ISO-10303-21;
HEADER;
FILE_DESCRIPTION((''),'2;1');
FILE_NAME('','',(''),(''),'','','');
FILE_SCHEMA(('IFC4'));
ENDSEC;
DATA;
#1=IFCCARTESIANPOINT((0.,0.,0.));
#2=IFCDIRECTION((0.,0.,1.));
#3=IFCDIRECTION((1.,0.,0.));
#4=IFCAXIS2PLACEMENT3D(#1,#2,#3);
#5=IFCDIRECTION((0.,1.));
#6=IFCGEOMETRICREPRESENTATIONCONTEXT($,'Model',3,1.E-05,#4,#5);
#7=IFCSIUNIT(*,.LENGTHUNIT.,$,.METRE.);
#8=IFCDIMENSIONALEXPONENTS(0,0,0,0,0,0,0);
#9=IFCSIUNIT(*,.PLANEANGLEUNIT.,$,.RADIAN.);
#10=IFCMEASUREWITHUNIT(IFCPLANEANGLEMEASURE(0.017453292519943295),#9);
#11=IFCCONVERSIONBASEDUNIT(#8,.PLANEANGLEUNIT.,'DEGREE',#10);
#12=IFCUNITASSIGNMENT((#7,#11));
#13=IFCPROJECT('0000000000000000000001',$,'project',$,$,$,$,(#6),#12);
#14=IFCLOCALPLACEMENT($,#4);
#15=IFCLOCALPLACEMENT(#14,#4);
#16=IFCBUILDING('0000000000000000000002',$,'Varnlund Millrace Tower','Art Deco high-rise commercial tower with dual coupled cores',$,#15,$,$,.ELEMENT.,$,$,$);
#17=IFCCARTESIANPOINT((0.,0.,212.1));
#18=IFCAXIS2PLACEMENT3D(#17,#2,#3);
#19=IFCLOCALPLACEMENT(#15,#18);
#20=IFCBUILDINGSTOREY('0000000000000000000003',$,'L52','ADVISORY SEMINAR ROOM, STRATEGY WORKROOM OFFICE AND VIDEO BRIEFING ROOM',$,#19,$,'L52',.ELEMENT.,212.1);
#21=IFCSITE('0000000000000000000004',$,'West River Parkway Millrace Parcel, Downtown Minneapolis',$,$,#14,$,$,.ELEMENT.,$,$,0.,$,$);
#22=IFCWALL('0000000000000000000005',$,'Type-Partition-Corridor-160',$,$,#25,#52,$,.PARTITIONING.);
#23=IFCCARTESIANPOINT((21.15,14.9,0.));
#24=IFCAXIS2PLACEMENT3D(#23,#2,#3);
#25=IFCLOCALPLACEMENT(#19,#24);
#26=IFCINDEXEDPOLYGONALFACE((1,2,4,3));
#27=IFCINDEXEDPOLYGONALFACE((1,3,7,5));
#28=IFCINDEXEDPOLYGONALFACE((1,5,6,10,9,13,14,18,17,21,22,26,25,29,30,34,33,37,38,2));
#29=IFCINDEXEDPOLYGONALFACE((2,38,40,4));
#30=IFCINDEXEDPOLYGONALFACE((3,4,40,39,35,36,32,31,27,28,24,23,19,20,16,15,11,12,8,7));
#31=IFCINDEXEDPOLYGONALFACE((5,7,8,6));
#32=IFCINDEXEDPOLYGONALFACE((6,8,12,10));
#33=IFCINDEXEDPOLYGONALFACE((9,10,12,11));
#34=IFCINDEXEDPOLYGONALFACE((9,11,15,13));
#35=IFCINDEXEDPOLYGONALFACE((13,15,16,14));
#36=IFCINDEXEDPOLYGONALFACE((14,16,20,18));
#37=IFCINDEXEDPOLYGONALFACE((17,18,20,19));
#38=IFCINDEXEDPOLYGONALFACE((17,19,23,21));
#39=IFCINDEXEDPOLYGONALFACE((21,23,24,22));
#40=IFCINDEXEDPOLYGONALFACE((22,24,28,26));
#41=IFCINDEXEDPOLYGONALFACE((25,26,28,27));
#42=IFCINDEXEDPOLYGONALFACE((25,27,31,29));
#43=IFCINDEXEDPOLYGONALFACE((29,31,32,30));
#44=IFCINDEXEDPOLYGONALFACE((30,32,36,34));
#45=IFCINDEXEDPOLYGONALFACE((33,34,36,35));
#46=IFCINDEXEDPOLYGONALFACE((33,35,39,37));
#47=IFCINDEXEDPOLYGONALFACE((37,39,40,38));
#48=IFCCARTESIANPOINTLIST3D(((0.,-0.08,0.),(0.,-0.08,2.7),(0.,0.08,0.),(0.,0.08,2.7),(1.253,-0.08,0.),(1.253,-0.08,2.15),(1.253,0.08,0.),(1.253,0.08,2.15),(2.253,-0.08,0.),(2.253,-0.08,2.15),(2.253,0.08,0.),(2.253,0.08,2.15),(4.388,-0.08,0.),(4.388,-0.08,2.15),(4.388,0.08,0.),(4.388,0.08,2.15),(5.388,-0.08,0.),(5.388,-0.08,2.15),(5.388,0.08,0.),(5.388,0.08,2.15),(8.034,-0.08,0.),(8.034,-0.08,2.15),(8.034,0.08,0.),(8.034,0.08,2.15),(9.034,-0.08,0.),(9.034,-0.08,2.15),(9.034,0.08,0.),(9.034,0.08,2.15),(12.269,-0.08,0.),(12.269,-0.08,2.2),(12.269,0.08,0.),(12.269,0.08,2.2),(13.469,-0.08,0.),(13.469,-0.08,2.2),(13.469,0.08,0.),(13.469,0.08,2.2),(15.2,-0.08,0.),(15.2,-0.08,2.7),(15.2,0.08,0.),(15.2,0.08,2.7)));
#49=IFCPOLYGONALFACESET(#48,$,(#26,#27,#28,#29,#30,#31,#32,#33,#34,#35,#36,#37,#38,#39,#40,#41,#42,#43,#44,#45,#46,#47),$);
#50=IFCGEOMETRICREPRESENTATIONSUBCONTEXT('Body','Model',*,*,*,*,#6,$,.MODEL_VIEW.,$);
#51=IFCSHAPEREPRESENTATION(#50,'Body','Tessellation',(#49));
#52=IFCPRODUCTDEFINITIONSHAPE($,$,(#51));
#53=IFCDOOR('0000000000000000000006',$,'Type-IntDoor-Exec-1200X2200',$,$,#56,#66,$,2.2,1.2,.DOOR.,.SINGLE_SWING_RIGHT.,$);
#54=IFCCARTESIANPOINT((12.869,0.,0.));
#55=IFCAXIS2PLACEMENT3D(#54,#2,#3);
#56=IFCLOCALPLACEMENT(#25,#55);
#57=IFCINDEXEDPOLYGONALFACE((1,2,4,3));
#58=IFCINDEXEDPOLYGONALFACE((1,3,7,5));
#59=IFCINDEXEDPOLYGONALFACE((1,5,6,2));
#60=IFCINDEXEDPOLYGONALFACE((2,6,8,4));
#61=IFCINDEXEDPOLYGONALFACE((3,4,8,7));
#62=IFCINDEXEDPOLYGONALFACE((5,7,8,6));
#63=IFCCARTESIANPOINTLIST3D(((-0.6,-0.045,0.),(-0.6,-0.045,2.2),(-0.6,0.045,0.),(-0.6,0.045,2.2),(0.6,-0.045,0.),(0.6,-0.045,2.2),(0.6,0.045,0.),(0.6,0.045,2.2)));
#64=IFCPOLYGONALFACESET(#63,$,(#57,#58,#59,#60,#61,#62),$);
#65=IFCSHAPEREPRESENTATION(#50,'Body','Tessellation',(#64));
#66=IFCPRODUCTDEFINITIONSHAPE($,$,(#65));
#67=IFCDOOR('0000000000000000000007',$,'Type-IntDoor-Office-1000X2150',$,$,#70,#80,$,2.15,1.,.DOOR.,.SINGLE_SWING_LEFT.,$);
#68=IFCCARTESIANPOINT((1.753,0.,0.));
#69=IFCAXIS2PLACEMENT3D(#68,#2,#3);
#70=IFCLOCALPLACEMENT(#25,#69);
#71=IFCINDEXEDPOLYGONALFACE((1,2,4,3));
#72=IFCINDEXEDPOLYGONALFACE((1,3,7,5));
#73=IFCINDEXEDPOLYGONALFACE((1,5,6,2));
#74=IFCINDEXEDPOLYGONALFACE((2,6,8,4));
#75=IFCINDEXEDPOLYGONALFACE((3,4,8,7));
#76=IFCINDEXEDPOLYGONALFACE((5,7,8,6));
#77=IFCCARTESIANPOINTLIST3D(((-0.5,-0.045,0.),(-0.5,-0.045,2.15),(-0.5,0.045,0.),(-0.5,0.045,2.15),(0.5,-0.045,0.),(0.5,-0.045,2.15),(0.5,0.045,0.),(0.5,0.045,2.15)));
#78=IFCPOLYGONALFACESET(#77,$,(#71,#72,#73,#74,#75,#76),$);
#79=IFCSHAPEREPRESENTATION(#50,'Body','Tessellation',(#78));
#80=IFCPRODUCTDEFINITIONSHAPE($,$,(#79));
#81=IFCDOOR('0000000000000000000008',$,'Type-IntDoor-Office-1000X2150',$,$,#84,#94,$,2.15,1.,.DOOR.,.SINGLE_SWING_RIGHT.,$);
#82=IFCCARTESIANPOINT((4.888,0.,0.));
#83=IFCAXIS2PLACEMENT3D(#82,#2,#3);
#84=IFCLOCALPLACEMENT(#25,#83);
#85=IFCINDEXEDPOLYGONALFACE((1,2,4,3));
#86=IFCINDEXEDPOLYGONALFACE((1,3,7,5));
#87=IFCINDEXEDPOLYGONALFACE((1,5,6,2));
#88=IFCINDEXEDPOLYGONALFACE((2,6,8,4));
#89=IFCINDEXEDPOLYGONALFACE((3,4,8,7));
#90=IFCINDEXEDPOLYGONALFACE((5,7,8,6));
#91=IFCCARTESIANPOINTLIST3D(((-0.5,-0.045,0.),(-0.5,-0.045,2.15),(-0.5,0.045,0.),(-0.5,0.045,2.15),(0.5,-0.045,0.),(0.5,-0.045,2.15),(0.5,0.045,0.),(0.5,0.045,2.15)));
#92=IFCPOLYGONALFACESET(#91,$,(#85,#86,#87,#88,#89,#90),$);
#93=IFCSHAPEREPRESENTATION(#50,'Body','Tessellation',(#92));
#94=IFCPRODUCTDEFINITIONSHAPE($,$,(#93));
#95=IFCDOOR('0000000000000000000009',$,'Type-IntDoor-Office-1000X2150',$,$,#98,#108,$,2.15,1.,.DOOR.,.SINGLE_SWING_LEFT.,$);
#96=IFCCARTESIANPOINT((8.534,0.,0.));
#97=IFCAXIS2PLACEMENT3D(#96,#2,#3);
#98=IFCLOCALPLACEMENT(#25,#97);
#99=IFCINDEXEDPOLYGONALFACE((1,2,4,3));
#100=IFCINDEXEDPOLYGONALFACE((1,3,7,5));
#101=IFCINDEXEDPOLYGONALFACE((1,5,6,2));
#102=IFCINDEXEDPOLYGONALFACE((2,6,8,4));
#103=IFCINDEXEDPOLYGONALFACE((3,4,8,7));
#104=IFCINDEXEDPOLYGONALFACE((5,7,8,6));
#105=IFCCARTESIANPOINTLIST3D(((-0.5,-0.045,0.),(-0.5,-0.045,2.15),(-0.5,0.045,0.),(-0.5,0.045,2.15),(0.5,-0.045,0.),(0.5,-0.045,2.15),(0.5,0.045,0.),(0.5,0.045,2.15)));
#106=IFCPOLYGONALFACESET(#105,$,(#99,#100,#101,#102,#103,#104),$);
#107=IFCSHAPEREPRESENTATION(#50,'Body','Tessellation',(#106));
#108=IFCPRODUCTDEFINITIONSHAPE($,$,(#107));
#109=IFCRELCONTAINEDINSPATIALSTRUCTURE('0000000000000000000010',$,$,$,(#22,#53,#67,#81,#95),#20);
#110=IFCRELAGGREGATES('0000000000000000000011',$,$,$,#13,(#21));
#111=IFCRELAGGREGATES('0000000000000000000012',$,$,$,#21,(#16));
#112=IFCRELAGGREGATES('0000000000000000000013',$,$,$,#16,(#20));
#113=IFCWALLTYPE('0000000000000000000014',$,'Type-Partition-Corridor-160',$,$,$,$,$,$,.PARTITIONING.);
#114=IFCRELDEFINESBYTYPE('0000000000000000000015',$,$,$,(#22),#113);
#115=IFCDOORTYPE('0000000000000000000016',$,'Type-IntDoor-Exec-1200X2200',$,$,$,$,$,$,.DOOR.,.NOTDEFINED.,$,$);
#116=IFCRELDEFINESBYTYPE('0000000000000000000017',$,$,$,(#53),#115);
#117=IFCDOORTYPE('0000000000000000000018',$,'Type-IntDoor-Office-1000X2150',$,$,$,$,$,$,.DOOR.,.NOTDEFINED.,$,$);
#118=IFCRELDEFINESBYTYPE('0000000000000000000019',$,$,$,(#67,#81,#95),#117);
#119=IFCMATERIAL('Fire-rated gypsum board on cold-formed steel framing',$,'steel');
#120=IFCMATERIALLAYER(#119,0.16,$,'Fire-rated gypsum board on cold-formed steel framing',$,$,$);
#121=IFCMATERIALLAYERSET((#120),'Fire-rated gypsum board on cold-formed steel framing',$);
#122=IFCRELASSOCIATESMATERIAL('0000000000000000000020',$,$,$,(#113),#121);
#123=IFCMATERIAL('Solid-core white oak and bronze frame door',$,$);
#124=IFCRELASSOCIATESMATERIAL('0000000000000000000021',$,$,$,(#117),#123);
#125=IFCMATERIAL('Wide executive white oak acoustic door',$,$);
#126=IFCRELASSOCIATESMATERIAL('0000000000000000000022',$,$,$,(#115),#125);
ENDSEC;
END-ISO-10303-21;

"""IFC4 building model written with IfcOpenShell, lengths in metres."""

from ifc_helpers import new_model, entity, si_unit, converted_unit, direction, frame, origin_with_axes, origin_2d_with_axis, place, context, subcontext, project, spatial, polyline, rectangle, outline, extrude, material, layer, layer_set, type_object, element, fill, save


model = new_model("IFC4")

# Units and contexts
model_context = context("Model", 3, precision=1e-05, world=origin_with_axes(), true_north=direction((0.0, 1.0)))
body_context = subcontext(model_context, "Body", "Model", "MODEL_VIEW")
ifc_project = project(units=[si_unit("LENGTHUNIT", "METRE"), converted_unit("PLANEANGLEUNIT", "DEGREE", entity("IfcPlaneAngleMeasure", 0.017453292519943295), si_unit("PLANEANGLEUNIT", "RADIAN"), dimensions=[0, 0, 0, 0, 0, 0, 0])], contexts=[model_context])

# Site, building, storey
site_placement = place(None, origin_with_axes())
site = spatial("IfcSite", under=ifc_project, at=site_placement, Name="West River Parkway Millrace Parcel, Downtown Minneapolis", CompositionType="ELEMENT", RefElevation=0.0)
building_placement = place(site_placement, origin_with_axes())
building = spatial("IfcBuilding", under=site, at=building_placement, Name="Varnlund Millrace Tower", Description="Art Deco high-rise commercial tower with dual coupled cores", CompositionType="ELEMENT")
storey_placement = place(building_placement, frame((0.0, 0.0, 212.1), z_axis=(0.0, 0.0, 1.0), x_axis=(1.0, 0.0, 0.0)))
storey = spatial("IfcBuildingStorey", under=building, at=storey_placement, Name="L52", Description="ADVISORY SEMINAR ROOM, STRATEGY WORKROOM OFFICE AND VIDEO BRIEFING ROOM", LongName="L52", CompositionType="ELEMENT", Elevation=212.1)

# Shared definitions
ifc_material_1 = material(Name="Fire-rated gypsum board on cold-formed steel framing", Category="steel")
ifc_layer_1 = layer(ifc_material_1, 0.16, Name="Fire-rated gypsum board on cold-formed steel framing")
ifc_layer_set_1 = layer_set([ifc_layer_1], Name="Fire-rated gypsum board on cold-formed steel framing")
wall_type_1 = type_object("IfcWallType", Name="Type-Partition-Corridor-160", PredefinedType="PARTITIONING", material=ifc_layer_set_1)
ifc_material_2 = material(Name="Solid-core white oak and bronze frame door")
door_type_1 = type_object("IfcDoorType", Name="Type-IntDoor-Office-1000X2150", OperationType="NOTDEFINED", PredefinedType="DOOR", material=ifc_material_2)

# Shared definitions
ifc_material_3 = material(Name="Wide executive white oak acoustic door")
door_type_2 = type_object("IfcDoorType", Name="Type-IntDoor-Exec-1200X2200", OperationType="NOTDEFINED", PredefinedType="DOOR", material=ifc_material_3)

# Wall, openings, doors
wall_1_placement = place(storey_placement, frame((21.15, 14.9, 0.0), z_axis=(0.0, 0.0, 1.0), x_axis=(1.0, 0.0, 0.0)))
wall_1 = element("IfcWall", 1, at=wall_1_placement, inside=storey, type_object=wall_type_1, Name="Type-Partition-Corridor-160", PredefinedType="PARTITIONING", context=body_context, shape_type="SweptSolid", body=[
    extrude(outline(polyline([(0.0, -0.08), (15.2, -0.08), (15.2, 0.08), (0.0, 0.08), (0.0, -0.08)])), origin_with_axes(), (0.0, 0.0, 1.0), 2.7),
])
opening_1_placement = place(wall_1_placement, frame((1.753, 0.0, 0.0), z_axis=(0.0, 0.0, 1.0), x_axis=(1.0, 0.0, 0.0)))
opening_1 = element("IfcOpeningElement", 2, at=opening_1_placement, cuts=wall_1, PredefinedType="OPENING", context=body_context, shape_type="SweptSolid", body=[
    extrude(rectangle(XDim=1.0, YDim=0.18, at=origin_2d_with_axis()), origin_with_axes(), (0.0, 0.0, 1.0), 2.15),
])
opening_2_placement = place(wall_1_placement, frame((4.888, 0.0, 0.0), z_axis=(0.0, 0.0, 1.0), x_axis=(1.0, 0.0, 0.0)))
opening_2 = element("IfcOpeningElement", 3, at=opening_2_placement, cuts=wall_1, PredefinedType="OPENING", context=body_context, shape_type="SweptSolid", body=[
    extrude(rectangle(XDim=1.0, YDim=0.18, at=origin_2d_with_axis()), origin_with_axes(), (0.0, 0.0, 1.0), 2.15),
])
opening_3_placement = place(wall_1_placement, frame((8.534, 0.0, 0.0), z_axis=(0.0, 0.0, 1.0), x_axis=(1.0, 0.0, 0.0)))
opening_3 = element("IfcOpeningElement", 4, at=opening_3_placement, cuts=wall_1, PredefinedType="OPENING", context=body_context, shape_type="SweptSolid", body=[
    extrude(rectangle(XDim=1.0, YDim=0.18, at=origin_2d_with_axis()), origin_with_axes(), (0.0, 0.0, 1.0), 2.15),
])
opening_4_placement = place(wall_1_placement, frame((12.869, 0.0, 0.0), z_axis=(0.0, 0.0, 1.0), x_axis=(1.0, 0.0, 0.0)))
opening_4 = element("IfcOpeningElement", 5, at=opening_4_placement, cuts=wall_1, PredefinedType="OPENING", context=body_context, shape_type="SweptSolid", body=[
    extrude(rectangle(XDim=1.2, YDim=0.18, at=origin_2d_with_axis()), origin_with_axes(), (0.0, 0.0, 1.0), 2.2),
])
door_1_placement = place(wall_1_placement, frame((12.869, 0.0, 0.0), z_axis=(0.0, 0.0, 1.0), x_axis=(1.0, 0.0, 0.0)))
door_1 = element("IfcDoor", 6, at=door_1_placement, inside=storey, type_object=door_type_2, Name="Type-IntDoor-Exec-1200X2200", OperationType="SINGLE_SWING_RIGHT", OverallHeight=2.2, OverallWidth=1.2, PredefinedType="DOOR", context=body_context, shape_type="SweptSolid", body=[
    extrude(rectangle(XDim=1.2, YDim=0.09, at=origin_2d_with_axis()), origin_with_axes(), (0.0, 0.0, 1.0), 2.2),
])
fill(opening_4, door_1)
door_2_placement = place(wall_1_placement, frame((1.753, 0.0, 0.0), z_axis=(0.0, 0.0, 1.0), x_axis=(1.0, 0.0, 0.0)))
door_2 = element("IfcDoor", 7, at=door_2_placement, inside=storey, type_object=door_type_1, Name="Type-IntDoor-Office-1000X2150", OperationType="SINGLE_SWING_LEFT", OverallHeight=2.15, OverallWidth=1.0, PredefinedType="DOOR", context=body_context, shape_type="SweptSolid", body=[
    extrude(rectangle(XDim=1.0, YDim=0.09, at=origin_2d_with_axis()), origin_with_axes(), (0.0, 0.0, 1.0), 2.15),
])
fill(opening_1, door_2)
door_3_placement = place(wall_1_placement, frame((4.888, 0.0, 0.0), z_axis=(0.0, 0.0, 1.0), x_axis=(1.0, 0.0, 0.0)))
door_3 = element("IfcDoor", 8, at=door_3_placement, inside=storey, type_object=door_type_1, Name="Type-IntDoor-Office-1000X2150", OperationType="SINGLE_SWING_RIGHT", OverallHeight=2.15, OverallWidth=1.0, PredefinedType="DOOR", context=body_context, shape_type="SweptSolid", body=[
    extrude(rectangle(XDim=1.0, YDim=0.09, at=origin_2d_with_axis()), origin_with_axes(), (0.0, 0.0, 1.0), 2.15),
])
fill(opening_2, door_3)
door_4_placement = place(wall_1_placement, frame((8.534, 0.0, 0.0), z_axis=(0.0, 0.0, 1.0), x_axis=(1.0, 0.0, 0.0)))
door_4 = element("IfcDoor", 9, at=door_4_placement, inside=storey, type_object=door_type_1, Name="Type-IntDoor-Office-1000X2150", OperationType="SINGLE_SWING_LEFT", OverallHeight=2.15, OverallWidth=1.0, PredefinedType="DOOR", context=body_context, shape_type="SweptSolid", body=[
    extrude(rectangle(XDim=1.0, YDim=0.09, at=origin_2d_with_axis()), origin_with_axes(), (0.0, 0.0, 1.0), 2.15),
])
fill(opening_3, door_4)

save(model, "model.ifc")
